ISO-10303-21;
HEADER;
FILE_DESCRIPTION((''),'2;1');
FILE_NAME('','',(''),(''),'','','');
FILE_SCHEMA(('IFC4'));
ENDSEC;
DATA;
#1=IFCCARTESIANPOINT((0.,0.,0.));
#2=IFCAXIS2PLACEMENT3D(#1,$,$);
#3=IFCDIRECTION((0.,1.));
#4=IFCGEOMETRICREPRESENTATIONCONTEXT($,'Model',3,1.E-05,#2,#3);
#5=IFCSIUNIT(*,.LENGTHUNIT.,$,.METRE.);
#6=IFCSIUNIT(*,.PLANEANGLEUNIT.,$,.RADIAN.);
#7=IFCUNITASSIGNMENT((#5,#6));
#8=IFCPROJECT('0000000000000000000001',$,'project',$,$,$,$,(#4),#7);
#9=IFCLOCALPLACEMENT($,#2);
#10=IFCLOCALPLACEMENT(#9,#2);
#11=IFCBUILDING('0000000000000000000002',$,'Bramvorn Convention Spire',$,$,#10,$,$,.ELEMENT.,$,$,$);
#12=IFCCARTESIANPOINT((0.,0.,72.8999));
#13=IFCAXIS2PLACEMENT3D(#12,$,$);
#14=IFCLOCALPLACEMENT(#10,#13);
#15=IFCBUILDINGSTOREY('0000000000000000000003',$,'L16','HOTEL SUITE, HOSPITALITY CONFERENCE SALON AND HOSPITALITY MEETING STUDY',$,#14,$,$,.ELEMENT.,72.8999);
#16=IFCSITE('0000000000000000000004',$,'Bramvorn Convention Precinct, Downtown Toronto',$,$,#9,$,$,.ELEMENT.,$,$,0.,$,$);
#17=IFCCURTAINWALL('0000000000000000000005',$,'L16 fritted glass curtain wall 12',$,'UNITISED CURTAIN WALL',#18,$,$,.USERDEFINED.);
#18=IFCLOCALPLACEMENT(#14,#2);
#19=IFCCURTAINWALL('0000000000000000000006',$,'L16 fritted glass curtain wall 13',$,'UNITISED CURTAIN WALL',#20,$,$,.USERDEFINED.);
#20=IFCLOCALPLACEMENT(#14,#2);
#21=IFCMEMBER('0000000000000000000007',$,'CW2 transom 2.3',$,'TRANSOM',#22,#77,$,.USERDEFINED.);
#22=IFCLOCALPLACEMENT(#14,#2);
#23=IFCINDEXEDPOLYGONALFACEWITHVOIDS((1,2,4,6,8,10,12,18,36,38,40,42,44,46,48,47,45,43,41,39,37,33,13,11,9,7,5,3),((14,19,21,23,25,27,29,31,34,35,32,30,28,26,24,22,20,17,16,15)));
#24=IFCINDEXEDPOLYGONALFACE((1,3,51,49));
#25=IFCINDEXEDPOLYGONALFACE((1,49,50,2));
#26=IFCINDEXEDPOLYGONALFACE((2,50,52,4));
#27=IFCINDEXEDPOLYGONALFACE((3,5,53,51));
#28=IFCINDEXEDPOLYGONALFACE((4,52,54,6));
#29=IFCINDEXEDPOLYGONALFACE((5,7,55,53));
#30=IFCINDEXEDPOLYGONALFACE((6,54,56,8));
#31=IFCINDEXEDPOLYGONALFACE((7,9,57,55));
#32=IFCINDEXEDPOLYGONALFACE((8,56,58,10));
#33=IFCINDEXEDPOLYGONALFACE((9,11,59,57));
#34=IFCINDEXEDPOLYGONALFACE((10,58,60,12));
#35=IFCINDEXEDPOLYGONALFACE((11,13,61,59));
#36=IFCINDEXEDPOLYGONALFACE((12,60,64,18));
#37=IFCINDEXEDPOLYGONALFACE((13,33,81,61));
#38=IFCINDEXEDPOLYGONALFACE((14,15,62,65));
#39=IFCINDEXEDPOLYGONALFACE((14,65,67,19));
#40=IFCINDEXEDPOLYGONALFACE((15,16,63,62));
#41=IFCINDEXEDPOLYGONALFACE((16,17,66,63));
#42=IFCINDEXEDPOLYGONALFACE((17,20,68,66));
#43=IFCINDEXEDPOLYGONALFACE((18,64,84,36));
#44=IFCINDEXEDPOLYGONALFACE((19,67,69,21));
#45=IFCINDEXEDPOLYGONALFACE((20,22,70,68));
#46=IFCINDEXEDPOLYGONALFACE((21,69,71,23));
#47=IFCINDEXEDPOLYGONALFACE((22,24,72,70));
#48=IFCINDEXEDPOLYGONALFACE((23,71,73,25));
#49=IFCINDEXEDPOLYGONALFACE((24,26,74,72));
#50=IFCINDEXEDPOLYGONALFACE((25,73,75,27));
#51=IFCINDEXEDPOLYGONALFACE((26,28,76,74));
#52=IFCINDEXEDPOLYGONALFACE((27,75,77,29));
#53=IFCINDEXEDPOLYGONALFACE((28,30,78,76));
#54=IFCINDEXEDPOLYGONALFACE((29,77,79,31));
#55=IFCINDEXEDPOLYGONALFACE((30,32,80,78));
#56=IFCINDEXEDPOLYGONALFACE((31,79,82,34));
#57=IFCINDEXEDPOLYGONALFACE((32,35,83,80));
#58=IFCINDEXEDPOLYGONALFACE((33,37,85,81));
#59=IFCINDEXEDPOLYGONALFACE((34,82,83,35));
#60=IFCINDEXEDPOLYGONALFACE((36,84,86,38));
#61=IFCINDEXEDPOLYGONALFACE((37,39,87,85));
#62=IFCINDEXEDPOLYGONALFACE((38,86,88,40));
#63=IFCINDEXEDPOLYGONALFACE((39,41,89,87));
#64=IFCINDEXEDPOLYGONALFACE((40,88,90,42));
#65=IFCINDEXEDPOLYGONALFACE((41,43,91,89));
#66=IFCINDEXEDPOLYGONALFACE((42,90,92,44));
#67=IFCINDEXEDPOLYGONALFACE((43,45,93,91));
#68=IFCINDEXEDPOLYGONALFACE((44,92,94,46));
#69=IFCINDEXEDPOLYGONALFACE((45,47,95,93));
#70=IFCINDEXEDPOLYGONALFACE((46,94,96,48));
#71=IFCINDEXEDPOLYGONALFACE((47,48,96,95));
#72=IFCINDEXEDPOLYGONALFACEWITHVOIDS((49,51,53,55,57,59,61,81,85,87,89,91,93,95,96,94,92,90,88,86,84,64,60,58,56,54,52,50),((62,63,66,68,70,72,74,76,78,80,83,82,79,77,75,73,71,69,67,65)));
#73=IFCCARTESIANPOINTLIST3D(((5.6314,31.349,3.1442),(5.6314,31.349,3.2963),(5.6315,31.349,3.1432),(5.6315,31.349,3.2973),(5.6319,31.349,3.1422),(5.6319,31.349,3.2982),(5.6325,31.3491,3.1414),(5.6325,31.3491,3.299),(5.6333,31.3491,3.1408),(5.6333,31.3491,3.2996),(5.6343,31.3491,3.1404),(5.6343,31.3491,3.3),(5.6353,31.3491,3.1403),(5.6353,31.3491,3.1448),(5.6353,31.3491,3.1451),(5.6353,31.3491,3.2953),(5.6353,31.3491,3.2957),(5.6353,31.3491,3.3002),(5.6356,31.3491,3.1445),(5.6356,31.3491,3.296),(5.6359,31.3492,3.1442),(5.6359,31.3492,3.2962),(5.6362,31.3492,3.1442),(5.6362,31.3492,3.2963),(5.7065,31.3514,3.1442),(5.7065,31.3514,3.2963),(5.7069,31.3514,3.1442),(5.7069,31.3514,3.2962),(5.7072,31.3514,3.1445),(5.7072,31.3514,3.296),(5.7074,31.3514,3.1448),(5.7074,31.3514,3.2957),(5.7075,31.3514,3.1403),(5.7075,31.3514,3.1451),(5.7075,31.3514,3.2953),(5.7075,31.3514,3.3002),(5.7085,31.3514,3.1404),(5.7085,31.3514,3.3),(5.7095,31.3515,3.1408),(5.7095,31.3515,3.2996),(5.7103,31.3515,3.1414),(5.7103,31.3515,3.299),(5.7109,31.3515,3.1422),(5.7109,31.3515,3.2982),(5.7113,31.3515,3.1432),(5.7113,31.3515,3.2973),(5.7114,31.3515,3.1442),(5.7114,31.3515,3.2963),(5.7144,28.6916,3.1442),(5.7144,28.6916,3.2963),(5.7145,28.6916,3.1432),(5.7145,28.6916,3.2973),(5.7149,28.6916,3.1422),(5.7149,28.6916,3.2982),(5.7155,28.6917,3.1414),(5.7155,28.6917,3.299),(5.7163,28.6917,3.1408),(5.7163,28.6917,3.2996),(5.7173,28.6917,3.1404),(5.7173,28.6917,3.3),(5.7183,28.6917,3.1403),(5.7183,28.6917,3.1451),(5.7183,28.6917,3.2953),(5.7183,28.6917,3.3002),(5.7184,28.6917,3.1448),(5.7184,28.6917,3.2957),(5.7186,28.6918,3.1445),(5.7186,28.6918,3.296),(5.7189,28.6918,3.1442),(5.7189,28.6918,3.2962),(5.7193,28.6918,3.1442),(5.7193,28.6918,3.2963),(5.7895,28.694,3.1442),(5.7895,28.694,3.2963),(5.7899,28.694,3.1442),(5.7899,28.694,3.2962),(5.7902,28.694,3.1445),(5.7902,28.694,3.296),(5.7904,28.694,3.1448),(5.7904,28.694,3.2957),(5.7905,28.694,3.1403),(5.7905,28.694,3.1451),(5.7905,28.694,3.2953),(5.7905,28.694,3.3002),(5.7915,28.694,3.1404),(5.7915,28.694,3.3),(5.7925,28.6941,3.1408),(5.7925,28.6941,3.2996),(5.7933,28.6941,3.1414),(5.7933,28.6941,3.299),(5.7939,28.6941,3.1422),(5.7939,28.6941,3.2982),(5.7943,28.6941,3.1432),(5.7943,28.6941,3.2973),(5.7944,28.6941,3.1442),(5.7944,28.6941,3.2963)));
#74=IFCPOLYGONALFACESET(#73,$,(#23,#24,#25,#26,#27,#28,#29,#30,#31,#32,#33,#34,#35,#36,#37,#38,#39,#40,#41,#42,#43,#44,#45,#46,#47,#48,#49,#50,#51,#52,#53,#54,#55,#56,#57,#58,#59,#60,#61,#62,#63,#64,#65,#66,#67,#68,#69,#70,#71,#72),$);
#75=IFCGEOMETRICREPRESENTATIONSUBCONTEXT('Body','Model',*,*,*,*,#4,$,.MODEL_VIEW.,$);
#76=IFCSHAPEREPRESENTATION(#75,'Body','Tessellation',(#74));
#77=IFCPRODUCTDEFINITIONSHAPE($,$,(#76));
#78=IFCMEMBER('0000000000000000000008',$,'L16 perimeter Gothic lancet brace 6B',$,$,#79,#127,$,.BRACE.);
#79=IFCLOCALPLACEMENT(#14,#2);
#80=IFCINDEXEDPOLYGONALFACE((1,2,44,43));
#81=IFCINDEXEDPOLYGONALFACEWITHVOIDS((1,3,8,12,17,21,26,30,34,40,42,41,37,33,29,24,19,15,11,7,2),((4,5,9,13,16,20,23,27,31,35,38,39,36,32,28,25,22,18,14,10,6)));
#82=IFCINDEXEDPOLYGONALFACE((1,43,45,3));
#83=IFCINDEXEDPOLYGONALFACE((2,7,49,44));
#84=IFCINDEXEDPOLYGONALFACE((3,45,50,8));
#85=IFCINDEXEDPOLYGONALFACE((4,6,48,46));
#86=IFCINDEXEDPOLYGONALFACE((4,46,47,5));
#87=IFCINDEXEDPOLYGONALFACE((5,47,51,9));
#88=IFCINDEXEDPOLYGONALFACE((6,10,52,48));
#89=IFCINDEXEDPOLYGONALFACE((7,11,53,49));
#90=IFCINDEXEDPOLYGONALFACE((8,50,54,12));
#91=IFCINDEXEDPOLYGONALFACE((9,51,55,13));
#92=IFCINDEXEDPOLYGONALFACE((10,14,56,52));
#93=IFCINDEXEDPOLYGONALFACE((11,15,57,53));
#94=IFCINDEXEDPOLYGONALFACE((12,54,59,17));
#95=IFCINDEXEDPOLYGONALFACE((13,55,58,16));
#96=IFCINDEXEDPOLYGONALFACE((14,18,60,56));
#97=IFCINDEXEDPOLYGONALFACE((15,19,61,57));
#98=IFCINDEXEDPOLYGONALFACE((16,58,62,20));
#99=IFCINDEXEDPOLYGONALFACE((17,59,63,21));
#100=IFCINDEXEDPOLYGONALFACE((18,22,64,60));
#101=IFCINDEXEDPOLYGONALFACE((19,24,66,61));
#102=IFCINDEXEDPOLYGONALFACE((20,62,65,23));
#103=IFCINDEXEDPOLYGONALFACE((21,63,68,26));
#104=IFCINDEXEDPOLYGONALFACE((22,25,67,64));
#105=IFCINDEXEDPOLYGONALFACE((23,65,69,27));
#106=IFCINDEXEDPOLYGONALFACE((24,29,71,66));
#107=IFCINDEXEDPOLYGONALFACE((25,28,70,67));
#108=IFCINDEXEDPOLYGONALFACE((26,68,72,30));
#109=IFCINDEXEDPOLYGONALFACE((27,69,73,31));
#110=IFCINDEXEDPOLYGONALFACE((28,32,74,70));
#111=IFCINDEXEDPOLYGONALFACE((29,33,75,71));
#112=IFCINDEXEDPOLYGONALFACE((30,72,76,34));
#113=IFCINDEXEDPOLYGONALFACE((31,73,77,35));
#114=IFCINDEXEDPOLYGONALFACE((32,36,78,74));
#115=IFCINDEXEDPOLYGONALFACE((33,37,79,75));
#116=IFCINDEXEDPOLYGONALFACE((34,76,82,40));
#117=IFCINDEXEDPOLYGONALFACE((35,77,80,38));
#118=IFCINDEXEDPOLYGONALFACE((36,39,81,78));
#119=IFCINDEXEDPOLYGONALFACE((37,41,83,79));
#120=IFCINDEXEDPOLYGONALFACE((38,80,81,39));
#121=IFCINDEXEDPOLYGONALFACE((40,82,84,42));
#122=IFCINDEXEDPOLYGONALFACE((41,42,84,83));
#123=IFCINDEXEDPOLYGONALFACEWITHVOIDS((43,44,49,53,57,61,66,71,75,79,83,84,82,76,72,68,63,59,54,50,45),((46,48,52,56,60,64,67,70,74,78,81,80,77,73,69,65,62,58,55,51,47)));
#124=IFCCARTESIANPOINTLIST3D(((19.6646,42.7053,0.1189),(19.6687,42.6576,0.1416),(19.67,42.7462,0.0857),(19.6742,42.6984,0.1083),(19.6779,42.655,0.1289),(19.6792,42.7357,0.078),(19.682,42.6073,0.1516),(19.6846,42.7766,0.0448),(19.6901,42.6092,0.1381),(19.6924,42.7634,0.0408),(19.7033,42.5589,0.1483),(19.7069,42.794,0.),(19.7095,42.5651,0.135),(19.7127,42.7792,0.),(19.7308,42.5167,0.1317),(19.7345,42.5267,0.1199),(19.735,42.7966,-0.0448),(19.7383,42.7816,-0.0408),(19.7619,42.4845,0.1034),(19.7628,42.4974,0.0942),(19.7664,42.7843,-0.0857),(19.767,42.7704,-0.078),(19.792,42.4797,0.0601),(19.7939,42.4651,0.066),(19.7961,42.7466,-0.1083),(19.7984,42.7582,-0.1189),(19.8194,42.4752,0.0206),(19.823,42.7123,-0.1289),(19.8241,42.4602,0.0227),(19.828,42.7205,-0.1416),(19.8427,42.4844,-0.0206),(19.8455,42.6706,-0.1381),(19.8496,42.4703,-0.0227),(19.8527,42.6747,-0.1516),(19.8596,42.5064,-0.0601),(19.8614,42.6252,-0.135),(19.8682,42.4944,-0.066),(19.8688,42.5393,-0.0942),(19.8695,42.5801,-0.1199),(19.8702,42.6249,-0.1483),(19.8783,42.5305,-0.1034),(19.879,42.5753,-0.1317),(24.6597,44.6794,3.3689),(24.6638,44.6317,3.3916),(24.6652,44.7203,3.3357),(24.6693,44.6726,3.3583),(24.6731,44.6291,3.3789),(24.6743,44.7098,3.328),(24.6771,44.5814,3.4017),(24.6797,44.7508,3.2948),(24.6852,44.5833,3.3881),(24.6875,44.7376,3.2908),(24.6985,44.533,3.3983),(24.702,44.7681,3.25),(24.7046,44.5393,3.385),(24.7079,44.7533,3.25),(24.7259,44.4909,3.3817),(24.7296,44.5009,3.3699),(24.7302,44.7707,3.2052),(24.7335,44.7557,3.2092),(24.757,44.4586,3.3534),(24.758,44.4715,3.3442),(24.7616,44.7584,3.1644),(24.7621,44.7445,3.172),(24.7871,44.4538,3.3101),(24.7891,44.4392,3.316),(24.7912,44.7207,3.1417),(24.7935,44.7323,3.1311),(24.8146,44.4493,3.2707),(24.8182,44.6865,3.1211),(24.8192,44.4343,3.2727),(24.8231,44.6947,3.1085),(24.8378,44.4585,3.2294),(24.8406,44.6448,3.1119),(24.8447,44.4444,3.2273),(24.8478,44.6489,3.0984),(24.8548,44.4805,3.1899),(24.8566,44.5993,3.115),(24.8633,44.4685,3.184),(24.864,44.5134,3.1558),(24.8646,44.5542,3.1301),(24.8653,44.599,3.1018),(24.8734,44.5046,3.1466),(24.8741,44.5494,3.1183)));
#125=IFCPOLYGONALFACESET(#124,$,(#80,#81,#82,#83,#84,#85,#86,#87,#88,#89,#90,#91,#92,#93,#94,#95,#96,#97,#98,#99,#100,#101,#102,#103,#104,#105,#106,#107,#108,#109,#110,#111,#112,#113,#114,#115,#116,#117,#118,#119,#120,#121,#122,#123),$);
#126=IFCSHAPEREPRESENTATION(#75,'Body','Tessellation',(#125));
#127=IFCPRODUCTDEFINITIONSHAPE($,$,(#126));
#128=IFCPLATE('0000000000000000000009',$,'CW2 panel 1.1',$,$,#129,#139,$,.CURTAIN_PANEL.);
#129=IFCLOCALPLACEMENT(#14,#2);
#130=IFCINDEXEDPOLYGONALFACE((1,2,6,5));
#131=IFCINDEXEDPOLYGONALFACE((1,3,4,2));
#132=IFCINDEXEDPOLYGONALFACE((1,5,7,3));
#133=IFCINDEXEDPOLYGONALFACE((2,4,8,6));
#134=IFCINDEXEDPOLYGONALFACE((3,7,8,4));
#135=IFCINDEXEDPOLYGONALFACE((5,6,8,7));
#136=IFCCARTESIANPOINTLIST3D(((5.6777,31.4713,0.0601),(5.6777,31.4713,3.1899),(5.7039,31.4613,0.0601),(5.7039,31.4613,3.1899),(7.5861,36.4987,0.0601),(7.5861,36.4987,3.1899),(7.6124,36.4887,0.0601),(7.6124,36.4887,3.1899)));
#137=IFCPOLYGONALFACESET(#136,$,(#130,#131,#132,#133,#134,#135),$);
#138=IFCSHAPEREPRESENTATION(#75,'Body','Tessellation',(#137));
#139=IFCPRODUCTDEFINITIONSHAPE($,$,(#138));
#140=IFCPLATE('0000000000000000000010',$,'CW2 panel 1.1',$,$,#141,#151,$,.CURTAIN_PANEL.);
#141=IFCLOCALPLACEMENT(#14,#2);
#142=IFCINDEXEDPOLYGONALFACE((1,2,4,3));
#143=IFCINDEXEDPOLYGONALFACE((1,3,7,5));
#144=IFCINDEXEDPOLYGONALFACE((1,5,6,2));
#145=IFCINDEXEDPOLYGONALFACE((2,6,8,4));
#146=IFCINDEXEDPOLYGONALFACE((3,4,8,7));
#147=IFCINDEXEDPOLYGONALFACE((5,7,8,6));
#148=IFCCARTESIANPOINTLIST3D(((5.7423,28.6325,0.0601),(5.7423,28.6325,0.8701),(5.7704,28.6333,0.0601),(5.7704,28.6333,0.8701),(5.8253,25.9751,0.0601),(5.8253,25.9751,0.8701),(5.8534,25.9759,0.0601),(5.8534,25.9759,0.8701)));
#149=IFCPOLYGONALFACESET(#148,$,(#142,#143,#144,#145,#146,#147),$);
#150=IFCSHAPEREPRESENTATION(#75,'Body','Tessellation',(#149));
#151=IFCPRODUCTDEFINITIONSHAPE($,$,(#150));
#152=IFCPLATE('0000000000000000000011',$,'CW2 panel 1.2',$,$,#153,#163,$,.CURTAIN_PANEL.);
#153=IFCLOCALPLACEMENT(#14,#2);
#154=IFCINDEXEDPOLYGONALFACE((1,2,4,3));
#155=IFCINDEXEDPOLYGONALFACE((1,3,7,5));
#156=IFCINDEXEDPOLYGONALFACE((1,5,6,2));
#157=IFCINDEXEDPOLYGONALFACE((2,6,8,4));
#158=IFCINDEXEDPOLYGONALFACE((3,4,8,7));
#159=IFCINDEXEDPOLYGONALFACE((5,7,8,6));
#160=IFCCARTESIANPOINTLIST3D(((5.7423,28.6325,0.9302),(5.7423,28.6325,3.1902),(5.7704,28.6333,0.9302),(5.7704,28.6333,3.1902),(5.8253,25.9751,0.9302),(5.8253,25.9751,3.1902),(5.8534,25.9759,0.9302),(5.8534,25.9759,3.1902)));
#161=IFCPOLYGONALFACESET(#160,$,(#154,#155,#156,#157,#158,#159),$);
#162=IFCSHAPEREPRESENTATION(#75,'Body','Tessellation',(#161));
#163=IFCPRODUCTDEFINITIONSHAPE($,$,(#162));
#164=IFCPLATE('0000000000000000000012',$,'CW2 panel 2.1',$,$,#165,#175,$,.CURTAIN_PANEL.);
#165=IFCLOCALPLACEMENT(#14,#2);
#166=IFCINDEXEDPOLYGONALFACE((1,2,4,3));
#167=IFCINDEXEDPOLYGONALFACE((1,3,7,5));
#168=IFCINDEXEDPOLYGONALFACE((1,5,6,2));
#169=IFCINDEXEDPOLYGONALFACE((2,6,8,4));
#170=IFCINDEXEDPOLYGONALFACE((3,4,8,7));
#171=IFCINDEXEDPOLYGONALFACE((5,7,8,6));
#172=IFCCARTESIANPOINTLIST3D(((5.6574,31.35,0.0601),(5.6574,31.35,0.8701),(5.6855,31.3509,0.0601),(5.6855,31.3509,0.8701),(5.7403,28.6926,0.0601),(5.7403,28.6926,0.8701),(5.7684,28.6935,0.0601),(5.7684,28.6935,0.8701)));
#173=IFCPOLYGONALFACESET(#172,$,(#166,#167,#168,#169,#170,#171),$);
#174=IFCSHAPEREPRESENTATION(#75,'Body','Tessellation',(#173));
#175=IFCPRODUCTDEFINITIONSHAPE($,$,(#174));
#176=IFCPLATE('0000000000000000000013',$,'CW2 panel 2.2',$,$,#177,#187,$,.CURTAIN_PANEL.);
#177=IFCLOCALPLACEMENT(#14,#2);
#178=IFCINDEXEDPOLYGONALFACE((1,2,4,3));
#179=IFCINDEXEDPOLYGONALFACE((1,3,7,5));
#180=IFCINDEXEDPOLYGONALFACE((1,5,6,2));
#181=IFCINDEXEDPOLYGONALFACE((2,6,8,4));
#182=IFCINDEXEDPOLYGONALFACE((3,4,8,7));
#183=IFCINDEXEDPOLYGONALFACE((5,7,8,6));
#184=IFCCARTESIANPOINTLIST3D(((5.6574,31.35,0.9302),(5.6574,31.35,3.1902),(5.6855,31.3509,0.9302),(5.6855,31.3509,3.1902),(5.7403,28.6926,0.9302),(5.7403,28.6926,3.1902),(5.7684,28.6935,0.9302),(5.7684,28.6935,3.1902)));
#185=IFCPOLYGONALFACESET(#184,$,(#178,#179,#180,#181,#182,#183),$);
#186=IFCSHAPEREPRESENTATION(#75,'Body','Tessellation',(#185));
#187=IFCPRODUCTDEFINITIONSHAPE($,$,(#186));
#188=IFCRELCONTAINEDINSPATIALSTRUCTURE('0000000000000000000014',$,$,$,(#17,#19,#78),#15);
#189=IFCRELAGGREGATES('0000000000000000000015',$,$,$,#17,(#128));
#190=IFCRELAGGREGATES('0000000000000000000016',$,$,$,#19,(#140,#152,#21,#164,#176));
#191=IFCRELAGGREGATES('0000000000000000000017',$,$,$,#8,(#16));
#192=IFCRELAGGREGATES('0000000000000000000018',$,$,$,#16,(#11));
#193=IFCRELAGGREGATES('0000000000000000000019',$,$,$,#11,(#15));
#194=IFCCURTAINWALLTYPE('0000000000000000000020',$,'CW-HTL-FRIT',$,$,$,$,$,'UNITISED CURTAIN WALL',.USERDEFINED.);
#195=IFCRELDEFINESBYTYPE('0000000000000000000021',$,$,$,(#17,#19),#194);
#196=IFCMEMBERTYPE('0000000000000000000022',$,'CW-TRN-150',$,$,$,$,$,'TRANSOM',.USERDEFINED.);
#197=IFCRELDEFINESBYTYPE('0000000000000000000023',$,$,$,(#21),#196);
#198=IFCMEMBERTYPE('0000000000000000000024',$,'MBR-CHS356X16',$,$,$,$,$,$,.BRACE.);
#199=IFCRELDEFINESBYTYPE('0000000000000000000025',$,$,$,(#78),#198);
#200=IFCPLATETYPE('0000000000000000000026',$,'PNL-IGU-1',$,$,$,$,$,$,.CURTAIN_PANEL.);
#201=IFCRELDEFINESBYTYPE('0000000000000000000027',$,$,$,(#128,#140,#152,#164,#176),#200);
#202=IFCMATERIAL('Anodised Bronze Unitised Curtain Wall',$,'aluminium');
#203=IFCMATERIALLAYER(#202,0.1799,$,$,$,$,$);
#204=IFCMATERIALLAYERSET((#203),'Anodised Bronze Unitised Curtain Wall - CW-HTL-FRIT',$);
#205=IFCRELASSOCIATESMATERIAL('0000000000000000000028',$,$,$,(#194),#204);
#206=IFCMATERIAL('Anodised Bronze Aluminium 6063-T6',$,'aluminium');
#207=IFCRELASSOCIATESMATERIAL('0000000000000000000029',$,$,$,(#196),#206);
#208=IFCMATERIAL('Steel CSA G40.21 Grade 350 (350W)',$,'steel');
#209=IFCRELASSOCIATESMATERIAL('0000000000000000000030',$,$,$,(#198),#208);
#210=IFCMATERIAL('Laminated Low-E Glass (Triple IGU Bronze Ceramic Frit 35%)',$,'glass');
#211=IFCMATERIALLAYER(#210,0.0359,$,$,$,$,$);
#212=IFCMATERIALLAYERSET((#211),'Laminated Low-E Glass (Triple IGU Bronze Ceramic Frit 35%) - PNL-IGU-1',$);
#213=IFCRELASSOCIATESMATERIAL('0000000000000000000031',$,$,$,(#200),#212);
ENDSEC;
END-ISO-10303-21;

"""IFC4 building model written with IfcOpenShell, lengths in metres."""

from ifc_helpers import new_model, si_unit, direction, frame, origin, origin_2d, place, context, subcontext, project, spatial, rectangle, hollow_rectangle, hollow_circle, extrude, material, layer, layer_set, material_profile, profile_set, type_object, element, aggregate, save


model = new_model("IFC4")

# Units and contexts
model_context = context("Model", 3, precision=1e-05, world=origin(), true_north=direction((0.0, 1.0)))
body_context = subcontext(model_context, "Body", "Model", "MODEL_VIEW")
ifc_project = project(units=[si_unit("LENGTHUNIT", "METRE"), si_unit("PLANEANGLEUNIT", "RADIAN")], contexts=[model_context])

# Site, building, storey
site_placement = place(None, origin())
site = spatial("IfcSite", under=ifc_project, at=site_placement, Name="Bramvorn Convention Precinct, Downtown Toronto", CompositionType="ELEMENT", RefElevation=0.0)
building_placement = place(site_placement, origin())
building = spatial("IfcBuilding", under=site, at=building_placement, Name="Bramvorn Convention Spire", CompositionType="ELEMENT")
storey_placement = place(building_placement, frame((0.0, 0.0, 72.8999)))
storey = spatial("IfcBuildingStorey", under=building, at=storey_placement, Name="L16", Description="HOTEL SUITE, HOSPITALITY CONFERENCE SALON AND HOSPITALITY MEETING STUDY", CompositionType="ELEMENT", Elevation=72.8999)

# Shared definitions
ifc_material_1 = material(Name="Steel CSA G40.21 Grade 350 (350W)", Category="steel")

# Curtain walls
ifc_material_2 = material(Name="Anodised Bronze Unitised Curtain Wall", Category="aluminium")
ifc_layer_1 = layer(ifc_material_2, 0.1799)
ifc_layer_set_1 = layer_set([ifc_layer_1], Name="Anodised Bronze Unitised Curtain Wall - CW-HTL-FRIT")
curtain_wall_type = type_object("IfcCurtainWallType", Name="CW-HTL-FRIT", ElementType="UNITISED CURTAIN WALL", PredefinedType="USERDEFINED", material=ifc_layer_set_1)
curtain_wall_1_placement = place(storey_placement, origin())
curtain_wall_1 = element("IfcCurtainWall", 1, at=curtain_wall_1_placement, inside=storey, type_object=curtain_wall_type, Name="L16 fritted glass curtain wall 12", ObjectType="UNITISED CURTAIN WALL", PredefinedType="USERDEFINED")
ifc_material_3 = material(Name="Anodised Bronze Aluminium 6063-T6", Category="aluminium")
curtain_wall_2_placement = place(storey_placement, origin())
curtain_wall_2 = element("IfcCurtainWall", 2, at=curtain_wall_2_placement, inside=storey, type_object=curtain_wall_type, Name="L16 fritted glass curtain wall 13", ObjectType="UNITISED CURTAIN WALL", PredefinedType="USERDEFINED")

# Members
ifc_material_profile_1 = material_profile(ifc_material_3, hollow_rectangle(XDim=0.0801, YDim=0.1599, WallThickness=0.0039, InnerFilletRadius=0.001, OuterFilletRadius=0.0039, at=origin_2d()))
ifc_profile_set_1 = profile_set([ifc_material_profile_1], Name="Anodised Bronze Aluminium 6063-T6 - CWT80X160")
member_type_1 = type_object("IfcMemberType", Name="CW-TRN-150", ElementType="TRANSOM", PredefinedType="USERDEFINED", material=ifc_profile_set_1)
member_1_placement = place(storey_placement, frame((5.7544, 28.6929, 3.2202), z_axis=(-0.03122, 0.999513, 0.0), x_axis=(-0.999513, -0.03122, 0.0)))
member_1 = element("IfcMember", 3, at=member_1_placement, type_object=member_type_1, Name="CW2 transom 2.3", ObjectType="TRANSOM", PredefinedType="USERDEFINED", context=body_context, shape_type="SweptSolid", body=[
    extrude(hollow_rectangle(XDim=0.0801, YDim=0.1599, WallThickness=0.0039, InnerFilletRadius=0.001, OuterFilletRadius=0.0039, at=origin_2d()), origin(), (0.0, 0.0, 1.0), 2.6587),
])
ifc_material_profile_2 = material_profile(ifc_material_1, hollow_circle(Radius=0.1777, WallThickness=0.0159, at=origin_2d()))
ifc_profile_set_2 = profile_set([ifc_material_profile_2], Name="Steel CSA G40.21 Grade 350 (350W) - CHS356X16")
member_type_2 = type_object("IfcMemberType", Name="MBR-CHS356X16", PredefinedType="BRACE", material=ifc_profile_set_2)
member_2_placement = place(storey_placement, frame((19.7722, 42.6287, 0.0), z_axis=(0.795679, 0.31446, 0.517697), x_axis=(-0.367547, 0.930005, 0.0)))
element("IfcMember", 4, at=member_2_placement, inside=storey, type_object=member_type_2, Name="L16 perimeter Gothic lancet brace 6B", PredefinedType="BRACE", context=body_context, shape_type="SweptSolid", body=[
    extrude(hollow_circle(Radius=0.1777, WallThickness=0.0159, at=origin_2d()), origin(), (0.0, 0.0, 1.0), 6.2778),
])

# Plates
ifc_material_4 = material(Name="Laminated Low-E Glass (Triple IGU Bronze Ceramic Frit 35%)", Category="glass")
ifc_layer_2 = layer(ifc_material_4, 0.0359)
ifc_layer_set_2 = layer_set([ifc_layer_2], Name="Laminated Low-E Glass (Triple IGU Bronze Ceramic Frit 35%) - PNL-IGU-1")
plate_type = type_object("IfcPlateType", Name="PNL-IGU-1", PredefinedType="CURTAIN_PANEL", material=ifc_layer_set_2)
plate_1_placement = place(storey_placement, frame((6.645, 33.98, 0.0601), z_axis=(0.0, 0.0, 1.0), x_axis=(0.354898, 0.934905, 0.0)))
plate_1 = element("IfcPlate", 5, at=plate_1_placement, type_object=plate_type, Name="CW2 panel 1.1", PredefinedType="CURTAIN_PANEL", context=body_context, shape_type="SweptSolid", body=[
    extrude(rectangle(XDim=5.3774, YDim=0.0281, at=origin_2d()), origin(), (0.0, 0.0, 1.0), 3.1299),
])
aggregate(curtain_wall_1, [plate_1])
plate_2_placement = place(storey_placement, frame((5.7979, 27.3042, 0.0601), z_axis=(0.0, 0.0, 1.0), x_axis=(-0.031196, 0.999513, 0.0)))
plate_2 = element("IfcPlate", 6, at=plate_2_placement, type_object=plate_type, Name="CW2 panel 1.1", PredefinedType="CURTAIN_PANEL", context=body_context, shape_type="SweptSolid", body=[
    extrude(rectangle(XDim=2.6587, YDim=0.0281, at=origin_2d()), origin(), (0.0, 0.0, 1.0), 0.8101),
])
plate_3_placement = place(storey_placement, frame((5.7979, 27.3042, 0.9302), z_axis=(0.0, 0.0, 1.0), x_axis=(-0.031196, 0.999513, 0.0)))
plate_3 = element("IfcPlate", 7, at=plate_3_placement, type_object=plate_type, Name="CW2 panel 1.2", PredefinedType="CURTAIN_PANEL", context=body_context, shape_type="SweptSolid", body=[
    extrude(rectangle(XDim=2.6587, YDim=0.0281, at=origin_2d()), origin(), (0.0, 0.0, 1.0), 2.26),
])
plate_4_placement = place(storey_placement, frame((5.7129, 30.0217, 0.0601), z_axis=(0.0, 0.0, 1.0), x_axis=(-0.031196, 0.999513, 0.0)))
plate_4 = element("IfcPlate", 8, at=plate_4_placement, type_object=plate_type, Name="CW2 panel 2.1", PredefinedType="CURTAIN_PANEL", context=body_context, shape_type="SweptSolid", body=[
    extrude(rectangle(XDim=2.6587, YDim=0.0281, at=origin_2d()), origin(), (0.0, 0.0, 1.0), 0.8101),
])
plate_5_placement = place(storey_placement, frame((5.7129, 30.0217, 0.9302), z_axis=(0.0, 0.0, 1.0), x_axis=(-0.031196, 0.999513, 0.0)))
plate_5 = element("IfcPlate", 9, at=plate_5_placement, type_object=plate_type, Name="CW2 panel 2.2", PredefinedType="CURTAIN_PANEL", context=body_context, shape_type="SweptSolid", body=[
    extrude(rectangle(XDim=2.6587, YDim=0.0281, at=origin_2d()), origin(), (0.0, 0.0, 1.0), 2.26),
])
aggregate(curtain_wall_2, [plate_2, plate_3, member_1, plate_4, plate_5])

save(model, "model.ifc")
